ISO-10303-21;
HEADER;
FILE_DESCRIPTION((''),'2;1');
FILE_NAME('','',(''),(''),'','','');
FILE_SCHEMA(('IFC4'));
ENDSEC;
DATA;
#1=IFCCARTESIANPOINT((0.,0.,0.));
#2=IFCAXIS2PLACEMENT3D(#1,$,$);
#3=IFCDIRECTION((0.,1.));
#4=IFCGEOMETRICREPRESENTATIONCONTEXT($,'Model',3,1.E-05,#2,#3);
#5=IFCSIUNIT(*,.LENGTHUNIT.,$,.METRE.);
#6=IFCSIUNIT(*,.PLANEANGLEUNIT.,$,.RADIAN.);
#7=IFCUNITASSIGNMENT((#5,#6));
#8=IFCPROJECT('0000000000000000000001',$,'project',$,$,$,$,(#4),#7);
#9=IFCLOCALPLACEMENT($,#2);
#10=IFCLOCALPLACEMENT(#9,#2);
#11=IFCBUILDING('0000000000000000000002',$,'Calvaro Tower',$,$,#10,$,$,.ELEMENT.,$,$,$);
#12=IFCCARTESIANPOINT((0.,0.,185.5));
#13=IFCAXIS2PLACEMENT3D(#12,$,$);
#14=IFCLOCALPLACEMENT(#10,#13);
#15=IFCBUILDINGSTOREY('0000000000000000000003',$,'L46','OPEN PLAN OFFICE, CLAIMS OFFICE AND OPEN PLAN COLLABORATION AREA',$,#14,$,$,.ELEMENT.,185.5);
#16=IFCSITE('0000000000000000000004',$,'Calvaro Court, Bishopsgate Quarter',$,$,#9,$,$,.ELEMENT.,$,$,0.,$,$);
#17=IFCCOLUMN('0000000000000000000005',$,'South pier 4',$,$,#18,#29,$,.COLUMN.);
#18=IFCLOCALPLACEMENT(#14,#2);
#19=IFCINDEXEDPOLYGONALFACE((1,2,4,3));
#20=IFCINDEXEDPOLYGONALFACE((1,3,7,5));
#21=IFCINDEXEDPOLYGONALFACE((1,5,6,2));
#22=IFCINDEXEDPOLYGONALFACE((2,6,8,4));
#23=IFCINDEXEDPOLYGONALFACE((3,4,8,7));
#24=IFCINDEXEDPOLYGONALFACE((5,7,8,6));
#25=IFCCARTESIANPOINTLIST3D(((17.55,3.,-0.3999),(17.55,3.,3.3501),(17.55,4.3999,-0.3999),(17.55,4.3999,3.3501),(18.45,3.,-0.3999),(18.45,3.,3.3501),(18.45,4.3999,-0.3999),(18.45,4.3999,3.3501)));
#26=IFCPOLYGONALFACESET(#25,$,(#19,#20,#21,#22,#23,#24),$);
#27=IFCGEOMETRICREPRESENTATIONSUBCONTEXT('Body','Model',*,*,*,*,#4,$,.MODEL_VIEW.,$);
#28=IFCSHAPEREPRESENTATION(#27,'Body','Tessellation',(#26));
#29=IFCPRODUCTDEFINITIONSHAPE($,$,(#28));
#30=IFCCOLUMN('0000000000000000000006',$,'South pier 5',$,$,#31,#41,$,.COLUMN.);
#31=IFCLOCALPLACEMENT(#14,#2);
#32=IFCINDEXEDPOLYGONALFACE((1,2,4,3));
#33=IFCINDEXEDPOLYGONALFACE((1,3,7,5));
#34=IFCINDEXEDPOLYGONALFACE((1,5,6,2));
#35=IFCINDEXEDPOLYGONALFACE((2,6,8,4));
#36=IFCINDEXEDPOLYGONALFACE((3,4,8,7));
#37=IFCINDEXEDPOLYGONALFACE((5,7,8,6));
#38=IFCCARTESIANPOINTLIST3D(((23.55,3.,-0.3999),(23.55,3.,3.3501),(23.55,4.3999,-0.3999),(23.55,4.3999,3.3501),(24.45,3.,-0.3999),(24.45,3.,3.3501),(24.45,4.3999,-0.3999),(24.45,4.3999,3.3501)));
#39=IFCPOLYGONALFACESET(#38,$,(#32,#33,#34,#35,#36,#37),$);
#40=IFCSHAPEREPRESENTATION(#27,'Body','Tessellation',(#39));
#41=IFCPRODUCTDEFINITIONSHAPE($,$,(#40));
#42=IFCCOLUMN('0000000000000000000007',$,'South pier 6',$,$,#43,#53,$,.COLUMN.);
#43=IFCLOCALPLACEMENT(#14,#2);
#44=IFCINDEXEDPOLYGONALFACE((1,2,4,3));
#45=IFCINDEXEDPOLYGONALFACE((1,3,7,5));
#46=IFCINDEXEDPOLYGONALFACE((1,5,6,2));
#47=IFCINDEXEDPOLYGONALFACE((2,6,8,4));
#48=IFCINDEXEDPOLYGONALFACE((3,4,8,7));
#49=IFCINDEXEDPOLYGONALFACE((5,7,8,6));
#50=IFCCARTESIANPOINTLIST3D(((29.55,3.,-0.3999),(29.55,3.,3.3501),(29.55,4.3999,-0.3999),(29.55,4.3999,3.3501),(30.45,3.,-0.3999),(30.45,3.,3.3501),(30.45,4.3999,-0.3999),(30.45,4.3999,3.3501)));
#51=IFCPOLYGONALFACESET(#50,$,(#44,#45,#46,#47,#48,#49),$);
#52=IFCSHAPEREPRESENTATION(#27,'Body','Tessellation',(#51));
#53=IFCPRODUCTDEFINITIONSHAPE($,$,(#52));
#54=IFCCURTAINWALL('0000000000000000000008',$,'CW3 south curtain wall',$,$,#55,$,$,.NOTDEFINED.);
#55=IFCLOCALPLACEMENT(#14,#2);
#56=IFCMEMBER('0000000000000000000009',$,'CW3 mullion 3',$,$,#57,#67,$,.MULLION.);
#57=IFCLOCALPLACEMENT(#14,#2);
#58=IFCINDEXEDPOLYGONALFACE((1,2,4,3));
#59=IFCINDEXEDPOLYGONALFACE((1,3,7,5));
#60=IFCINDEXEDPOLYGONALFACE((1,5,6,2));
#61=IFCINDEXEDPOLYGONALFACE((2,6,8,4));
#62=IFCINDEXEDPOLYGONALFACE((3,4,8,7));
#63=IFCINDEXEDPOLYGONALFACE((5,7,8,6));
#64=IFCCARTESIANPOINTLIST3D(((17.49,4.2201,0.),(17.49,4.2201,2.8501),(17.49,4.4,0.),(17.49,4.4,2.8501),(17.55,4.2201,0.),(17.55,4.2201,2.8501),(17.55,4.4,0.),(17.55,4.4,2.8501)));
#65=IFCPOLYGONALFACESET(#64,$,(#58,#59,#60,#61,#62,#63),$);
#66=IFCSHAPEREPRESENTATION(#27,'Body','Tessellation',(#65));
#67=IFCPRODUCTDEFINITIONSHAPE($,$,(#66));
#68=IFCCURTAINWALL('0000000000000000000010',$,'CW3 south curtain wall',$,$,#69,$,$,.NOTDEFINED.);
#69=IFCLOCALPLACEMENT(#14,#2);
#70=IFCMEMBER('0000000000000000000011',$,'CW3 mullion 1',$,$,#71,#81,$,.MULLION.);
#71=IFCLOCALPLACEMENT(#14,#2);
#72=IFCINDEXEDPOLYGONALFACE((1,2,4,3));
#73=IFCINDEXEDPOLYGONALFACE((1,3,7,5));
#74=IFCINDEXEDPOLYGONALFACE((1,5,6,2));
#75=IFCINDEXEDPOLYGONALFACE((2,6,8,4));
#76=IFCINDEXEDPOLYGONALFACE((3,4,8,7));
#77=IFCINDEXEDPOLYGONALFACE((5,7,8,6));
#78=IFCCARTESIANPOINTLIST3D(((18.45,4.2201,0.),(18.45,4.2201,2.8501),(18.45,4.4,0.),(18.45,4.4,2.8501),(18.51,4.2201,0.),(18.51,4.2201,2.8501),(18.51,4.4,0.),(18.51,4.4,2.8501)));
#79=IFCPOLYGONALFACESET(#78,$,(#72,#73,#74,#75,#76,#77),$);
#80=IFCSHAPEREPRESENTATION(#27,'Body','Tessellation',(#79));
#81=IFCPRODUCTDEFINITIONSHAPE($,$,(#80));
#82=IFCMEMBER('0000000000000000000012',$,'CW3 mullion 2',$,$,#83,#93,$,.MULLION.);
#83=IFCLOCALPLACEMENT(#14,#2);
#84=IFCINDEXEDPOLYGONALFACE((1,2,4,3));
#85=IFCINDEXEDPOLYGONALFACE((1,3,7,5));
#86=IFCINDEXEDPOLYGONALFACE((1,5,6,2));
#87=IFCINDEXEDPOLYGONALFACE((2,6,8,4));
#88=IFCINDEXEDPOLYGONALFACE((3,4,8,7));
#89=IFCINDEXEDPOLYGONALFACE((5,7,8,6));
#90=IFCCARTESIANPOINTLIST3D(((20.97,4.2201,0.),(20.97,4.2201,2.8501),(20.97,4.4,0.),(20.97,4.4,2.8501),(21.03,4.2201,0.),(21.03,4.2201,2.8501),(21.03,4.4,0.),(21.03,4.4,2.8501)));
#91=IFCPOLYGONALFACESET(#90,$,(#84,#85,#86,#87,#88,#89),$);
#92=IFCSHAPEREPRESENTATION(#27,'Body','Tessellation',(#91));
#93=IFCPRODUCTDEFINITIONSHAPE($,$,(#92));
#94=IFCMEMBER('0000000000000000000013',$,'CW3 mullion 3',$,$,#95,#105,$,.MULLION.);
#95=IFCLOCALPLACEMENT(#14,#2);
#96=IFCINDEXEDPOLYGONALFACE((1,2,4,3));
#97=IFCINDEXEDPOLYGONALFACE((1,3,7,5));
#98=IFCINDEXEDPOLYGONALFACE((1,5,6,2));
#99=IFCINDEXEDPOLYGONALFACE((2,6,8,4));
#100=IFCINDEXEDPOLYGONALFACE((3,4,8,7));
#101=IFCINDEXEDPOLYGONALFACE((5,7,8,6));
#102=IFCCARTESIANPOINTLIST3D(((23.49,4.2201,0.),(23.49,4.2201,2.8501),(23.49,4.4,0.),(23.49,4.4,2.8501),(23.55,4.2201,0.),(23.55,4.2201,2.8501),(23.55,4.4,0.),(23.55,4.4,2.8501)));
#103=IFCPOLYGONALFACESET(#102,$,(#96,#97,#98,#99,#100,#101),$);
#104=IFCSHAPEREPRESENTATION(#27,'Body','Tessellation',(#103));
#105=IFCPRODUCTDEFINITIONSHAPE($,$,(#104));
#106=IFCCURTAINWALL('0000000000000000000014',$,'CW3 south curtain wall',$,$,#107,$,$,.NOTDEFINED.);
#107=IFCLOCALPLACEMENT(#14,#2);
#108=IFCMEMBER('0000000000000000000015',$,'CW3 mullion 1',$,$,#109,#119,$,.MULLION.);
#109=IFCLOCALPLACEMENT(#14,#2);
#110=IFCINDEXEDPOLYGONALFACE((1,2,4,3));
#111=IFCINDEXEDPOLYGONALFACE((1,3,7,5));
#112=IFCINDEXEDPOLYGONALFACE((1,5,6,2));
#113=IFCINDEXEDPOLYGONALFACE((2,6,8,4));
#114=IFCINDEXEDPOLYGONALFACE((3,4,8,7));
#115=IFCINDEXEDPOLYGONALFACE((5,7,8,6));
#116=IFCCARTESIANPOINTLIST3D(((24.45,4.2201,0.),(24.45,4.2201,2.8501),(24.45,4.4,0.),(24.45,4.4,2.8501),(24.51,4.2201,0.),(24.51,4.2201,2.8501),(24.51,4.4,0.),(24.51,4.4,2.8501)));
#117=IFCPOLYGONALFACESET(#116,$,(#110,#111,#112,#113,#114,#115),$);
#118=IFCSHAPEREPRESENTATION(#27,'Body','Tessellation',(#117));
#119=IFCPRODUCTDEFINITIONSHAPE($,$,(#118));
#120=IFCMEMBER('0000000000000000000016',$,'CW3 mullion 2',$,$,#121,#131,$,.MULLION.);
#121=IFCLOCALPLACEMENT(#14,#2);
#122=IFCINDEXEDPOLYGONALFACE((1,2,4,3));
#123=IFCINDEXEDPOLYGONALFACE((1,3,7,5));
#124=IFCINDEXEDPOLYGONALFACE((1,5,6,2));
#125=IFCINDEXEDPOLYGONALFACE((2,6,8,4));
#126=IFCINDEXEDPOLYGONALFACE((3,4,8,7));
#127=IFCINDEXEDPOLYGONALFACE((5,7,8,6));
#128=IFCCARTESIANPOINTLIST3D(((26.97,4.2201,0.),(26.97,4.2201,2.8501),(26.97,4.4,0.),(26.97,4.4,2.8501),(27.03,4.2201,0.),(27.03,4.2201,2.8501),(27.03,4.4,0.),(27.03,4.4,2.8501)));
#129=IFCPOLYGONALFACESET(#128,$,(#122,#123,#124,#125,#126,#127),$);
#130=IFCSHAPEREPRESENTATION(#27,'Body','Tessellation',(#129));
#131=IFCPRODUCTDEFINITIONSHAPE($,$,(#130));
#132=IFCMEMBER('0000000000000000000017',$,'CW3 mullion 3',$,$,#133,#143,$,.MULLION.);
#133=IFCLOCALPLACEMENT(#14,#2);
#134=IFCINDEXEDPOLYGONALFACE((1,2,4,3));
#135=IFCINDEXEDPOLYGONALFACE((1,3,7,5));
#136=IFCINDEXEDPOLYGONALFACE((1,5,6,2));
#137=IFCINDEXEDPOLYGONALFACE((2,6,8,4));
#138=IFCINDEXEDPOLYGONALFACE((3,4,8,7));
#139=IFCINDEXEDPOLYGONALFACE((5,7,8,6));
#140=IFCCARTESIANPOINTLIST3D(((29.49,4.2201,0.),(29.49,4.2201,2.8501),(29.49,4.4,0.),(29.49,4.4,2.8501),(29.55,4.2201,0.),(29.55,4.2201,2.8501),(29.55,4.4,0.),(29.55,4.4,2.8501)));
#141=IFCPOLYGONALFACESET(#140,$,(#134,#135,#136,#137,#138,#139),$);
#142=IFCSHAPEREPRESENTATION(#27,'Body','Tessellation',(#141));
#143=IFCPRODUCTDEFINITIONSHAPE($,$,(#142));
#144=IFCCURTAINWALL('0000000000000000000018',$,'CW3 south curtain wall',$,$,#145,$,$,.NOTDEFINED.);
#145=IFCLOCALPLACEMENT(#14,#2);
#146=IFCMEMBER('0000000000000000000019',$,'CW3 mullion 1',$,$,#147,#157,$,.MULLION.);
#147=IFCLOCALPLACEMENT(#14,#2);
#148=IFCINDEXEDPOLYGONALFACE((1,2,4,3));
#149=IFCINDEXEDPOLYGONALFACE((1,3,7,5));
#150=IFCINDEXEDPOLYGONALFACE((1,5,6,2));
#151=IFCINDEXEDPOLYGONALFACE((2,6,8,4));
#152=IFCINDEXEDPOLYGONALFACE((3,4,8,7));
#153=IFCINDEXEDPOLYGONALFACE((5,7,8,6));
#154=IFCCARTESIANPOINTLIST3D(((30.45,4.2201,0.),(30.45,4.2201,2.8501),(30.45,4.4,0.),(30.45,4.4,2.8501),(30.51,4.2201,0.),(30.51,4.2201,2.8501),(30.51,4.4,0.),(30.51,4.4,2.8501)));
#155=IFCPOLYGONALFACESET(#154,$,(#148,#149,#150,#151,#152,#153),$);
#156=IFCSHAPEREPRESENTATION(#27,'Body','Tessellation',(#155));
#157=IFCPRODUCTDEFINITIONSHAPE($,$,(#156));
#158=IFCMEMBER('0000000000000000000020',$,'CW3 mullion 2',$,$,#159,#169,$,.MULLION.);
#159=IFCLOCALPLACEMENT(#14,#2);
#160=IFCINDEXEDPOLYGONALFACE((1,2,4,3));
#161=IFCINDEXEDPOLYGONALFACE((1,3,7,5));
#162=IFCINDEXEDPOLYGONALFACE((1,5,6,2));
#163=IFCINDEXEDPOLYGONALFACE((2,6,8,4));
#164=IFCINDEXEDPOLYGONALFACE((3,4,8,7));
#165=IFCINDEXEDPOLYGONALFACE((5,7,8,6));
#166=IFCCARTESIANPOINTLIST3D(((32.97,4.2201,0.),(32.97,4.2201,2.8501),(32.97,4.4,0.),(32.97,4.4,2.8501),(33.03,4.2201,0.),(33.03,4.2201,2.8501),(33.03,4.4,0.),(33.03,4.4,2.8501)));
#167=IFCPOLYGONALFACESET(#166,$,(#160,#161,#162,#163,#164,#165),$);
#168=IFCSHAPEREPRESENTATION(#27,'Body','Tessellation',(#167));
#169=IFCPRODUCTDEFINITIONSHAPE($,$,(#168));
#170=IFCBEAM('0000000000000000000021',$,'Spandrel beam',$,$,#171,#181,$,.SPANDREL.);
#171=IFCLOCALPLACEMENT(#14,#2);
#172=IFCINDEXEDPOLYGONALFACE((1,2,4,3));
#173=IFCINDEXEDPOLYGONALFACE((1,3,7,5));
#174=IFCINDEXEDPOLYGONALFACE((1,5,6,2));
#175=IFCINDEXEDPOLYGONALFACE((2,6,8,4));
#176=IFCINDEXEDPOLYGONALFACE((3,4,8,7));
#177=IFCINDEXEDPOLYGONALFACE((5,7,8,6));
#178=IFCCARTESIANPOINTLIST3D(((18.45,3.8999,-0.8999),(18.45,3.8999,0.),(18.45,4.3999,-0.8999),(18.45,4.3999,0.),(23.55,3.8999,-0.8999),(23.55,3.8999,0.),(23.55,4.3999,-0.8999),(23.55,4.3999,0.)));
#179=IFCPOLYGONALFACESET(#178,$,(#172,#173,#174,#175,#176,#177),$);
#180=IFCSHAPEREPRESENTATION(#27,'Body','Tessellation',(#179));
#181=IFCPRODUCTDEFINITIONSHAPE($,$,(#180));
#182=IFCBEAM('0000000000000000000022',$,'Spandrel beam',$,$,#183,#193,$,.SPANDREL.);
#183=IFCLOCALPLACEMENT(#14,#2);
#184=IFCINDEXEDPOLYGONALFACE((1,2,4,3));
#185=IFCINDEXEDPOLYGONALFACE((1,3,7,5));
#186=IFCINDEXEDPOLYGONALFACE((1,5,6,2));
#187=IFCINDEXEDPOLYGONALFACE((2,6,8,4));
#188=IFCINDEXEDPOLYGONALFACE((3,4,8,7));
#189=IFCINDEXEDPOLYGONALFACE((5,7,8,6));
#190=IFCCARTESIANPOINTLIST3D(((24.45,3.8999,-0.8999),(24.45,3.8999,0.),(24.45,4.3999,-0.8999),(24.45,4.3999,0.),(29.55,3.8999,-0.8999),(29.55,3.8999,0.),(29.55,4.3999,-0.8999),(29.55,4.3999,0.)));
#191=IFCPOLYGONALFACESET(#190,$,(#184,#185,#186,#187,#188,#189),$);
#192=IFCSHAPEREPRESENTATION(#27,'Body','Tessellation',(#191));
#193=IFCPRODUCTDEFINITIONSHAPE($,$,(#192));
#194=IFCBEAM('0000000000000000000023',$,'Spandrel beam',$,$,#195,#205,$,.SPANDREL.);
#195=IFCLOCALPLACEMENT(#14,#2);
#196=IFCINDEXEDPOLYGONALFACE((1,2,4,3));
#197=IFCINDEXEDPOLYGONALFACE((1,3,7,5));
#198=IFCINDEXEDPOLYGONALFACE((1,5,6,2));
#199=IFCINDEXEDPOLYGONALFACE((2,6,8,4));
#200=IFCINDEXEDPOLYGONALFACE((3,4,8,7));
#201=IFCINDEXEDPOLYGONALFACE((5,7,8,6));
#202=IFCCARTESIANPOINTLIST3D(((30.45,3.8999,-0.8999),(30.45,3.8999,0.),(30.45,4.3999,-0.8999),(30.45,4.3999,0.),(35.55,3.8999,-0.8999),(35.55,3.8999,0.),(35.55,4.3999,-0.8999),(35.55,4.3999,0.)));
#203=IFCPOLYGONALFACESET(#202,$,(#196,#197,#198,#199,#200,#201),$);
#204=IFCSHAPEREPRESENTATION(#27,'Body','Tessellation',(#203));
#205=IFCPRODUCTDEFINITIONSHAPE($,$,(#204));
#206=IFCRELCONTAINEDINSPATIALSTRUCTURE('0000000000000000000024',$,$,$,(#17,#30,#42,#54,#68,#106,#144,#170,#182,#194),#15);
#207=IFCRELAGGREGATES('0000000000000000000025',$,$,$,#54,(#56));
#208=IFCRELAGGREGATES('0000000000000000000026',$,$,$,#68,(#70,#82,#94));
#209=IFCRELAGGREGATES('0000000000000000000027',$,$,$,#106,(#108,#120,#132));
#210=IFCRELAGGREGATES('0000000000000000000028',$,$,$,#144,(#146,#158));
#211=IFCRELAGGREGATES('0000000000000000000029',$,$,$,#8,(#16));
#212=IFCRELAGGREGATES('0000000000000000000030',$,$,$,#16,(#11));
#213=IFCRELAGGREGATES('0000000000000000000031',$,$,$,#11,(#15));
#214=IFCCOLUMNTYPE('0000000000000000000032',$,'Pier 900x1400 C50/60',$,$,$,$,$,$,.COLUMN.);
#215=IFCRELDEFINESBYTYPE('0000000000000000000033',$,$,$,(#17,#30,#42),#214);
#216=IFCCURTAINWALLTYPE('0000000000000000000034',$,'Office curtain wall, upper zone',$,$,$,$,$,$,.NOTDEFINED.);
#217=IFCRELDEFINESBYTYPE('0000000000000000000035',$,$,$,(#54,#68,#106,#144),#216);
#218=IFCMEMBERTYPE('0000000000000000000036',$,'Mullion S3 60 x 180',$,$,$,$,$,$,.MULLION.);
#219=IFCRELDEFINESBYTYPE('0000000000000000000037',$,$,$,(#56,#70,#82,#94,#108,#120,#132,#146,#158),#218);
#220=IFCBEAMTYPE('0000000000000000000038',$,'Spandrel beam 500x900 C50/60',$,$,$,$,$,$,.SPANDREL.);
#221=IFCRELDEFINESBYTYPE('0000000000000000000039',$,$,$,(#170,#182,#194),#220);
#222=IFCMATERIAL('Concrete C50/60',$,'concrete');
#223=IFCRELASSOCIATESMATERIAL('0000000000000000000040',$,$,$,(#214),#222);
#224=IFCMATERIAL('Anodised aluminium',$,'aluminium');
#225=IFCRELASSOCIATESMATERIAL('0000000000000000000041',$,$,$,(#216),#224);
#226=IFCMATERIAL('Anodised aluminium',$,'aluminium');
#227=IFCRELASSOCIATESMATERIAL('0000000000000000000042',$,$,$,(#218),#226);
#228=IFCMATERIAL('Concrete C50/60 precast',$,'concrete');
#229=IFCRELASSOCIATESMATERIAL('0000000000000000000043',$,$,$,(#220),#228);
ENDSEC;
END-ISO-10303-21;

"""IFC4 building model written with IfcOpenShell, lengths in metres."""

from ifc_helpers import new_model, si_unit, direction, frame, origin, origin_2d, place, context, subcontext, project, spatial, rectangle, extrude, material, material_profile, profile_set, type_object, element, aggregate, save


model = new_model("IFC4")

# Units and contexts
model_context = context("Model", 3, precision=1e-05, world=origin(), true_north=direction((0.0, 1.0)))
body_context = subcontext(model_context, "Body", "Model", "MODEL_VIEW")
ifc_project = project(units=[si_unit("LENGTHUNIT", "METRE"), si_unit("PLANEANGLEUNIT", "RADIAN")], contexts=[model_context])

# Site, building, storey
site_placement = place(None, origin())
site = spatial("IfcSite", under=ifc_project, at=site_placement, Name="Calvaro Court, Bishopsgate Quarter", CompositionType="ELEMENT", RefElevation=0.0)
building_placement = place(site_placement, origin())
building = spatial("IfcBuilding", under=site, at=building_placement, Name="Calvaro Tower", CompositionType="ELEMENT")
storey_placement = place(building_placement, frame((0.0, 0.0, 185.5)))
storey = spatial("IfcBuildingStorey", under=building, at=storey_placement, Name="L46", Description="OPEN PLAN OFFICE, CLAIMS OFFICE AND OPEN PLAN COLLABORATION AREA", CompositionType="ELEMENT", Elevation=185.5)

# Columns
ifc_material_1 = material(Name="Concrete C50/60", Category="concrete")
ifc_material_profile_1 = material_profile(ifc_material_1, rectangle(XDim=0.8999, YDim=1.3999, at=origin_2d()), Name="RC 900x1400")
ifc_profile_set_1 = profile_set([ifc_material_profile_1], Name="Concrete C50/60")
column_type = type_object("IfcColumnType", Name="Pier 900x1400 C50/60", PredefinedType="COLUMN", material=ifc_profile_set_1)
for number, where, z_axis, x_axis, name in (
    (1, (18.0, 3.7, -0.3999), (0.0, 0.0, 1.0), (1.0, 0.0, 0.0), "South pier 4"),
    (2, (24.0, 3.7, -0.3999), (0.0, 0.0, 1.0), (1.0, 0.0, 0.0), "South pier 5"),
    (3, (30.0, 3.7, -0.3999), (0.0, 0.0, 1.0), (1.0, 0.0, 0.0), "South pier 6"),
):
    element("IfcColumn", number, at=place(storey_placement, frame(where, z_axis=z_axis, x_axis=x_axis)), inside=storey, type_object=column_type, Name=name, PredefinedType="COLUMN", context=body_context, shape_type="SweptSolid", body=[
        extrude(rectangle(XDim=0.8999, YDim=1.3999, at=origin_2d()), origin(), (0.0, 0.0, 1.0), 3.75),
    ])

# Curtain wall, member
ifc_material_2 = material(Name="Anodised aluminium", Category="aluminium")
curtain_wall_type = type_object("IfcCurtainWallType", Name="Office curtain wall, upper zone", PredefinedType="NOTDEFINED", material=ifc_material_2)
curtain_wall_1_placement = place(storey_placement, origin())
curtain_wall_1 = element("IfcCurtainWall", 4, at=curtain_wall_1_placement, inside=storey, type_object=curtain_wall_type, Name="CW3 south curtain wall", PredefinedType="NOTDEFINED")
ifc_material_3 = material(Name="Anodised aluminium", Category="aluminium")
ifc_material_profile_2 = material_profile(ifc_material_3, rectangle(XDim=0.1799, YDim=0.0601, at=origin_2d()), Name="Mullion S3 60 x 180")
ifc_profile_set_2 = profile_set([ifc_material_profile_2], Name="Anodised aluminium")
member_type_1 = type_object("IfcMemberType", Name="Mullion S3 60 x 180", PredefinedType="MULLION", material=ifc_profile_set_2)
member_1_placement = place(storey_placement, frame((17.52, 4.3101, 0.0), z_axis=(0.0, 0.0, 1.0), x_axis=(0.0, 1.0, 0.0)))
member_1 = element("IfcMember", 5, at=member_1_placement, type_object=member_type_1, Name="CW3 mullion 3", PredefinedType="MULLION", context=body_context, shape_type="SweptSolid", body=[
    extrude(rectangle(XDim=0.1799, YDim=0.0601, at=origin_2d()), origin(), (0.0, 0.0, 1.0), 2.8501),
])
aggregate(curtain_wall_1, [member_1])

# Curtain walls, members
curtain_wall_2_placement = place(storey_placement, origin())
curtain_wall_2 = element("IfcCurtainWall", 6, at=curtain_wall_2_placement, inside=storey, type_object=curtain_wall_type, Name="CW3 south curtain wall", PredefinedType="NOTDEFINED")
member_2_placement = place(storey_placement, frame((18.48, 4.3101, 0.0), z_axis=(0.0, 0.0, 1.0), x_axis=(0.0, 1.0, 0.0)))
member_2 = element("IfcMember", 7, at=member_2_placement, type_object=member_type_1, Name="CW3 mullion 1", PredefinedType="MULLION", context=body_context, shape_type="SweptSolid", body=[
    extrude(rectangle(XDim=0.1799, YDim=0.0601, at=origin_2d()), origin(), (0.0, 0.0, 1.0), 2.8501),
])
member_3_placement = place(storey_placement, frame((21.0, 4.3101, 0.0), z_axis=(0.0, 0.0, 1.0), x_axis=(0.0, 1.0, 0.0)))
member_3 = element("IfcMember", 8, at=member_3_placement, type_object=member_type_1, Name="CW3 mullion 2", PredefinedType="MULLION", context=body_context, shape_type="SweptSolid", body=[
    extrude(rectangle(XDim=0.1799, YDim=0.0601, at=origin_2d()), origin(), (0.0, 0.0, 1.0), 2.8501),
])
member_4_placement = place(storey_placement, frame((23.52, 4.3101, 0.0), z_axis=(0.0, 0.0, 1.0), x_axis=(0.0, 1.0, 0.0)))
member_4 = element("IfcMember", 9, at=member_4_placement, type_object=member_type_1, Name="CW3 mullion 3", PredefinedType="MULLION", context=body_context, shape_type="SweptSolid", body=[
    extrude(rectangle(XDim=0.1799, YDim=0.0601, at=origin_2d()), origin(), (0.0, 0.0, 1.0), 2.8501),
])
curtain_wall_3_placement = place(storey_placement, origin())
curtain_wall_3 = element("IfcCurtainWall", 10, at=curtain_wall_3_placement, inside=storey, type_object=curtain_wall_type, Name="CW3 south curtain wall", PredefinedType="NOTDEFINED")
member_5_placement = place(storey_placement, frame((24.48, 4.3101, 0.0), z_axis=(0.0, 0.0, 1.0), x_axis=(0.0, 1.0, 0.0)))
member_5 = element("IfcMember", 11, at=member_5_placement, type_object=member_type_1, Name="CW3 mullion 1", PredefinedType="MULLION", context=body_context, shape_type="SweptSolid", body=[
    extrude(rectangle(XDim=0.1799, YDim=0.0601, at=origin_2d()), origin(), (0.0, 0.0, 1.0), 2.8501),
])
member_6_placement = place(storey_placement, frame((27.0, 4.3101, 0.0), z_axis=(0.0, 0.0, 1.0), x_axis=(0.0, 1.0, 0.0)))
member_6 = element("IfcMember", 12, at=member_6_placement, type_object=member_type_1, Name="CW3 mullion 2", PredefinedType="MULLION", context=body_context, shape_type="SweptSolid", body=[
    extrude(rectangle(XDim=0.1799, YDim=0.0601, at=origin_2d()), origin(), (0.0, 0.0, 1.0), 2.8501),
])
member_7_placement = place(storey_placement, frame((29.52, 4.3101, 0.0), z_axis=(0.0, 0.0, 1.0), x_axis=(0.0, 1.0, 0.0)))
member_7 = element("IfcMember", 13, at=member_7_placement, type_object=member_type_1, Name="CW3 mullion 3", PredefinedType="MULLION", context=body_context, shape_type="SweptSolid", body=[
    extrude(rectangle(XDim=0.1799, YDim=0.0601, at=origin_2d()), origin(), (0.0, 0.0, 1.0), 2.8501),
])
curtain_wall_4_placement = place(storey_placement, origin())
curtain_wall_4 = element("IfcCurtainWall", 14, at=curtain_wall_4_placement, inside=storey, type_object=curtain_wall_type, Name="CW3 south curtain wall", PredefinedType="NOTDEFINED")
member_8_placement = place(storey_placement, frame((30.48, 4.3101, 0.0), z_axis=(0.0, 0.0, 1.0), x_axis=(0.0, 1.0, 0.0)))
member_8 = element("IfcMember", 15, at=member_8_placement, type_object=member_type_1, Name="CW3 mullion 1", PredefinedType="MULLION", context=body_context, shape_type="SweptSolid", body=[
    extrude(rectangle(XDim=0.1799, YDim=0.0601, at=origin_2d()), origin(), (0.0, 0.0, 1.0), 2.8501),
])
member_9_placement = place(storey_placement, frame((33.0, 4.3101, 0.0), z_axis=(0.0, 0.0, 1.0), x_axis=(0.0, 1.0, 0.0)))
member_9 = element("IfcMember", 16, at=member_9_placement, type_object=member_type_1, Name="CW3 mullion 2", PredefinedType="MULLION", context=body_context, shape_type="SweptSolid", body=[
    extrude(rectangle(XDim=0.1799, YDim=0.0601, at=origin_2d()), origin(), (0.0, 0.0, 1.0), 2.8501),
])

# Beams
ifc_material_4 = material(Name="Concrete C50/60 precast", Category="concrete")
ifc_material_profile_3 = material_profile(ifc_material_4, rectangle(XDim=0.5, YDim=0.8999, at=origin_2d()), Name="RC 500x900")
ifc_profile_set_3 = profile_set([ifc_material_profile_3], Name="Concrete C50/60 precast")
beam_type = type_object("IfcBeamType", Name="Spandrel beam 500x900 C50/60", PredefinedType="SPANDREL", material=ifc_profile_set_3)
for number, where, z_axis, x_axis, name in (
    (17, (18.45, 4.1499, -0.45), (1.0, 0.0, 0.0), (0.0, 1.0, 0.0), "Spandrel beam"),
    (18, (24.45, 4.1499, -0.45), (1.0, 0.0, 0.0), (0.0, 1.0, 0.0), "Spandrel beam"),
    (19, (30.45, 4.1499, -0.45), (1.0, 0.0, 0.0), (0.0, 1.0, 0.0), "Spandrel beam"),
):
    element("IfcBeam", number, at=place(storey_placement, frame(where, z_axis=z_axis, x_axis=x_axis)), inside=storey, type_object=beam_type, Name=name, PredefinedType="SPANDREL", context=body_context, shape_type="SweptSolid", body=[
        extrude(rectangle(XDim=0.5, YDim=0.8999, at=origin_2d()), origin(), (0.0, 0.0, 1.0), 5.1001),
    ])

aggregate(curtain_wall_2, [member_2, member_3, member_4])
aggregate(curtain_wall_3, [member_5, member_6, member_7])
aggregate(curtain_wall_4, [member_8, member_9])

save(model, "model.ifc")
